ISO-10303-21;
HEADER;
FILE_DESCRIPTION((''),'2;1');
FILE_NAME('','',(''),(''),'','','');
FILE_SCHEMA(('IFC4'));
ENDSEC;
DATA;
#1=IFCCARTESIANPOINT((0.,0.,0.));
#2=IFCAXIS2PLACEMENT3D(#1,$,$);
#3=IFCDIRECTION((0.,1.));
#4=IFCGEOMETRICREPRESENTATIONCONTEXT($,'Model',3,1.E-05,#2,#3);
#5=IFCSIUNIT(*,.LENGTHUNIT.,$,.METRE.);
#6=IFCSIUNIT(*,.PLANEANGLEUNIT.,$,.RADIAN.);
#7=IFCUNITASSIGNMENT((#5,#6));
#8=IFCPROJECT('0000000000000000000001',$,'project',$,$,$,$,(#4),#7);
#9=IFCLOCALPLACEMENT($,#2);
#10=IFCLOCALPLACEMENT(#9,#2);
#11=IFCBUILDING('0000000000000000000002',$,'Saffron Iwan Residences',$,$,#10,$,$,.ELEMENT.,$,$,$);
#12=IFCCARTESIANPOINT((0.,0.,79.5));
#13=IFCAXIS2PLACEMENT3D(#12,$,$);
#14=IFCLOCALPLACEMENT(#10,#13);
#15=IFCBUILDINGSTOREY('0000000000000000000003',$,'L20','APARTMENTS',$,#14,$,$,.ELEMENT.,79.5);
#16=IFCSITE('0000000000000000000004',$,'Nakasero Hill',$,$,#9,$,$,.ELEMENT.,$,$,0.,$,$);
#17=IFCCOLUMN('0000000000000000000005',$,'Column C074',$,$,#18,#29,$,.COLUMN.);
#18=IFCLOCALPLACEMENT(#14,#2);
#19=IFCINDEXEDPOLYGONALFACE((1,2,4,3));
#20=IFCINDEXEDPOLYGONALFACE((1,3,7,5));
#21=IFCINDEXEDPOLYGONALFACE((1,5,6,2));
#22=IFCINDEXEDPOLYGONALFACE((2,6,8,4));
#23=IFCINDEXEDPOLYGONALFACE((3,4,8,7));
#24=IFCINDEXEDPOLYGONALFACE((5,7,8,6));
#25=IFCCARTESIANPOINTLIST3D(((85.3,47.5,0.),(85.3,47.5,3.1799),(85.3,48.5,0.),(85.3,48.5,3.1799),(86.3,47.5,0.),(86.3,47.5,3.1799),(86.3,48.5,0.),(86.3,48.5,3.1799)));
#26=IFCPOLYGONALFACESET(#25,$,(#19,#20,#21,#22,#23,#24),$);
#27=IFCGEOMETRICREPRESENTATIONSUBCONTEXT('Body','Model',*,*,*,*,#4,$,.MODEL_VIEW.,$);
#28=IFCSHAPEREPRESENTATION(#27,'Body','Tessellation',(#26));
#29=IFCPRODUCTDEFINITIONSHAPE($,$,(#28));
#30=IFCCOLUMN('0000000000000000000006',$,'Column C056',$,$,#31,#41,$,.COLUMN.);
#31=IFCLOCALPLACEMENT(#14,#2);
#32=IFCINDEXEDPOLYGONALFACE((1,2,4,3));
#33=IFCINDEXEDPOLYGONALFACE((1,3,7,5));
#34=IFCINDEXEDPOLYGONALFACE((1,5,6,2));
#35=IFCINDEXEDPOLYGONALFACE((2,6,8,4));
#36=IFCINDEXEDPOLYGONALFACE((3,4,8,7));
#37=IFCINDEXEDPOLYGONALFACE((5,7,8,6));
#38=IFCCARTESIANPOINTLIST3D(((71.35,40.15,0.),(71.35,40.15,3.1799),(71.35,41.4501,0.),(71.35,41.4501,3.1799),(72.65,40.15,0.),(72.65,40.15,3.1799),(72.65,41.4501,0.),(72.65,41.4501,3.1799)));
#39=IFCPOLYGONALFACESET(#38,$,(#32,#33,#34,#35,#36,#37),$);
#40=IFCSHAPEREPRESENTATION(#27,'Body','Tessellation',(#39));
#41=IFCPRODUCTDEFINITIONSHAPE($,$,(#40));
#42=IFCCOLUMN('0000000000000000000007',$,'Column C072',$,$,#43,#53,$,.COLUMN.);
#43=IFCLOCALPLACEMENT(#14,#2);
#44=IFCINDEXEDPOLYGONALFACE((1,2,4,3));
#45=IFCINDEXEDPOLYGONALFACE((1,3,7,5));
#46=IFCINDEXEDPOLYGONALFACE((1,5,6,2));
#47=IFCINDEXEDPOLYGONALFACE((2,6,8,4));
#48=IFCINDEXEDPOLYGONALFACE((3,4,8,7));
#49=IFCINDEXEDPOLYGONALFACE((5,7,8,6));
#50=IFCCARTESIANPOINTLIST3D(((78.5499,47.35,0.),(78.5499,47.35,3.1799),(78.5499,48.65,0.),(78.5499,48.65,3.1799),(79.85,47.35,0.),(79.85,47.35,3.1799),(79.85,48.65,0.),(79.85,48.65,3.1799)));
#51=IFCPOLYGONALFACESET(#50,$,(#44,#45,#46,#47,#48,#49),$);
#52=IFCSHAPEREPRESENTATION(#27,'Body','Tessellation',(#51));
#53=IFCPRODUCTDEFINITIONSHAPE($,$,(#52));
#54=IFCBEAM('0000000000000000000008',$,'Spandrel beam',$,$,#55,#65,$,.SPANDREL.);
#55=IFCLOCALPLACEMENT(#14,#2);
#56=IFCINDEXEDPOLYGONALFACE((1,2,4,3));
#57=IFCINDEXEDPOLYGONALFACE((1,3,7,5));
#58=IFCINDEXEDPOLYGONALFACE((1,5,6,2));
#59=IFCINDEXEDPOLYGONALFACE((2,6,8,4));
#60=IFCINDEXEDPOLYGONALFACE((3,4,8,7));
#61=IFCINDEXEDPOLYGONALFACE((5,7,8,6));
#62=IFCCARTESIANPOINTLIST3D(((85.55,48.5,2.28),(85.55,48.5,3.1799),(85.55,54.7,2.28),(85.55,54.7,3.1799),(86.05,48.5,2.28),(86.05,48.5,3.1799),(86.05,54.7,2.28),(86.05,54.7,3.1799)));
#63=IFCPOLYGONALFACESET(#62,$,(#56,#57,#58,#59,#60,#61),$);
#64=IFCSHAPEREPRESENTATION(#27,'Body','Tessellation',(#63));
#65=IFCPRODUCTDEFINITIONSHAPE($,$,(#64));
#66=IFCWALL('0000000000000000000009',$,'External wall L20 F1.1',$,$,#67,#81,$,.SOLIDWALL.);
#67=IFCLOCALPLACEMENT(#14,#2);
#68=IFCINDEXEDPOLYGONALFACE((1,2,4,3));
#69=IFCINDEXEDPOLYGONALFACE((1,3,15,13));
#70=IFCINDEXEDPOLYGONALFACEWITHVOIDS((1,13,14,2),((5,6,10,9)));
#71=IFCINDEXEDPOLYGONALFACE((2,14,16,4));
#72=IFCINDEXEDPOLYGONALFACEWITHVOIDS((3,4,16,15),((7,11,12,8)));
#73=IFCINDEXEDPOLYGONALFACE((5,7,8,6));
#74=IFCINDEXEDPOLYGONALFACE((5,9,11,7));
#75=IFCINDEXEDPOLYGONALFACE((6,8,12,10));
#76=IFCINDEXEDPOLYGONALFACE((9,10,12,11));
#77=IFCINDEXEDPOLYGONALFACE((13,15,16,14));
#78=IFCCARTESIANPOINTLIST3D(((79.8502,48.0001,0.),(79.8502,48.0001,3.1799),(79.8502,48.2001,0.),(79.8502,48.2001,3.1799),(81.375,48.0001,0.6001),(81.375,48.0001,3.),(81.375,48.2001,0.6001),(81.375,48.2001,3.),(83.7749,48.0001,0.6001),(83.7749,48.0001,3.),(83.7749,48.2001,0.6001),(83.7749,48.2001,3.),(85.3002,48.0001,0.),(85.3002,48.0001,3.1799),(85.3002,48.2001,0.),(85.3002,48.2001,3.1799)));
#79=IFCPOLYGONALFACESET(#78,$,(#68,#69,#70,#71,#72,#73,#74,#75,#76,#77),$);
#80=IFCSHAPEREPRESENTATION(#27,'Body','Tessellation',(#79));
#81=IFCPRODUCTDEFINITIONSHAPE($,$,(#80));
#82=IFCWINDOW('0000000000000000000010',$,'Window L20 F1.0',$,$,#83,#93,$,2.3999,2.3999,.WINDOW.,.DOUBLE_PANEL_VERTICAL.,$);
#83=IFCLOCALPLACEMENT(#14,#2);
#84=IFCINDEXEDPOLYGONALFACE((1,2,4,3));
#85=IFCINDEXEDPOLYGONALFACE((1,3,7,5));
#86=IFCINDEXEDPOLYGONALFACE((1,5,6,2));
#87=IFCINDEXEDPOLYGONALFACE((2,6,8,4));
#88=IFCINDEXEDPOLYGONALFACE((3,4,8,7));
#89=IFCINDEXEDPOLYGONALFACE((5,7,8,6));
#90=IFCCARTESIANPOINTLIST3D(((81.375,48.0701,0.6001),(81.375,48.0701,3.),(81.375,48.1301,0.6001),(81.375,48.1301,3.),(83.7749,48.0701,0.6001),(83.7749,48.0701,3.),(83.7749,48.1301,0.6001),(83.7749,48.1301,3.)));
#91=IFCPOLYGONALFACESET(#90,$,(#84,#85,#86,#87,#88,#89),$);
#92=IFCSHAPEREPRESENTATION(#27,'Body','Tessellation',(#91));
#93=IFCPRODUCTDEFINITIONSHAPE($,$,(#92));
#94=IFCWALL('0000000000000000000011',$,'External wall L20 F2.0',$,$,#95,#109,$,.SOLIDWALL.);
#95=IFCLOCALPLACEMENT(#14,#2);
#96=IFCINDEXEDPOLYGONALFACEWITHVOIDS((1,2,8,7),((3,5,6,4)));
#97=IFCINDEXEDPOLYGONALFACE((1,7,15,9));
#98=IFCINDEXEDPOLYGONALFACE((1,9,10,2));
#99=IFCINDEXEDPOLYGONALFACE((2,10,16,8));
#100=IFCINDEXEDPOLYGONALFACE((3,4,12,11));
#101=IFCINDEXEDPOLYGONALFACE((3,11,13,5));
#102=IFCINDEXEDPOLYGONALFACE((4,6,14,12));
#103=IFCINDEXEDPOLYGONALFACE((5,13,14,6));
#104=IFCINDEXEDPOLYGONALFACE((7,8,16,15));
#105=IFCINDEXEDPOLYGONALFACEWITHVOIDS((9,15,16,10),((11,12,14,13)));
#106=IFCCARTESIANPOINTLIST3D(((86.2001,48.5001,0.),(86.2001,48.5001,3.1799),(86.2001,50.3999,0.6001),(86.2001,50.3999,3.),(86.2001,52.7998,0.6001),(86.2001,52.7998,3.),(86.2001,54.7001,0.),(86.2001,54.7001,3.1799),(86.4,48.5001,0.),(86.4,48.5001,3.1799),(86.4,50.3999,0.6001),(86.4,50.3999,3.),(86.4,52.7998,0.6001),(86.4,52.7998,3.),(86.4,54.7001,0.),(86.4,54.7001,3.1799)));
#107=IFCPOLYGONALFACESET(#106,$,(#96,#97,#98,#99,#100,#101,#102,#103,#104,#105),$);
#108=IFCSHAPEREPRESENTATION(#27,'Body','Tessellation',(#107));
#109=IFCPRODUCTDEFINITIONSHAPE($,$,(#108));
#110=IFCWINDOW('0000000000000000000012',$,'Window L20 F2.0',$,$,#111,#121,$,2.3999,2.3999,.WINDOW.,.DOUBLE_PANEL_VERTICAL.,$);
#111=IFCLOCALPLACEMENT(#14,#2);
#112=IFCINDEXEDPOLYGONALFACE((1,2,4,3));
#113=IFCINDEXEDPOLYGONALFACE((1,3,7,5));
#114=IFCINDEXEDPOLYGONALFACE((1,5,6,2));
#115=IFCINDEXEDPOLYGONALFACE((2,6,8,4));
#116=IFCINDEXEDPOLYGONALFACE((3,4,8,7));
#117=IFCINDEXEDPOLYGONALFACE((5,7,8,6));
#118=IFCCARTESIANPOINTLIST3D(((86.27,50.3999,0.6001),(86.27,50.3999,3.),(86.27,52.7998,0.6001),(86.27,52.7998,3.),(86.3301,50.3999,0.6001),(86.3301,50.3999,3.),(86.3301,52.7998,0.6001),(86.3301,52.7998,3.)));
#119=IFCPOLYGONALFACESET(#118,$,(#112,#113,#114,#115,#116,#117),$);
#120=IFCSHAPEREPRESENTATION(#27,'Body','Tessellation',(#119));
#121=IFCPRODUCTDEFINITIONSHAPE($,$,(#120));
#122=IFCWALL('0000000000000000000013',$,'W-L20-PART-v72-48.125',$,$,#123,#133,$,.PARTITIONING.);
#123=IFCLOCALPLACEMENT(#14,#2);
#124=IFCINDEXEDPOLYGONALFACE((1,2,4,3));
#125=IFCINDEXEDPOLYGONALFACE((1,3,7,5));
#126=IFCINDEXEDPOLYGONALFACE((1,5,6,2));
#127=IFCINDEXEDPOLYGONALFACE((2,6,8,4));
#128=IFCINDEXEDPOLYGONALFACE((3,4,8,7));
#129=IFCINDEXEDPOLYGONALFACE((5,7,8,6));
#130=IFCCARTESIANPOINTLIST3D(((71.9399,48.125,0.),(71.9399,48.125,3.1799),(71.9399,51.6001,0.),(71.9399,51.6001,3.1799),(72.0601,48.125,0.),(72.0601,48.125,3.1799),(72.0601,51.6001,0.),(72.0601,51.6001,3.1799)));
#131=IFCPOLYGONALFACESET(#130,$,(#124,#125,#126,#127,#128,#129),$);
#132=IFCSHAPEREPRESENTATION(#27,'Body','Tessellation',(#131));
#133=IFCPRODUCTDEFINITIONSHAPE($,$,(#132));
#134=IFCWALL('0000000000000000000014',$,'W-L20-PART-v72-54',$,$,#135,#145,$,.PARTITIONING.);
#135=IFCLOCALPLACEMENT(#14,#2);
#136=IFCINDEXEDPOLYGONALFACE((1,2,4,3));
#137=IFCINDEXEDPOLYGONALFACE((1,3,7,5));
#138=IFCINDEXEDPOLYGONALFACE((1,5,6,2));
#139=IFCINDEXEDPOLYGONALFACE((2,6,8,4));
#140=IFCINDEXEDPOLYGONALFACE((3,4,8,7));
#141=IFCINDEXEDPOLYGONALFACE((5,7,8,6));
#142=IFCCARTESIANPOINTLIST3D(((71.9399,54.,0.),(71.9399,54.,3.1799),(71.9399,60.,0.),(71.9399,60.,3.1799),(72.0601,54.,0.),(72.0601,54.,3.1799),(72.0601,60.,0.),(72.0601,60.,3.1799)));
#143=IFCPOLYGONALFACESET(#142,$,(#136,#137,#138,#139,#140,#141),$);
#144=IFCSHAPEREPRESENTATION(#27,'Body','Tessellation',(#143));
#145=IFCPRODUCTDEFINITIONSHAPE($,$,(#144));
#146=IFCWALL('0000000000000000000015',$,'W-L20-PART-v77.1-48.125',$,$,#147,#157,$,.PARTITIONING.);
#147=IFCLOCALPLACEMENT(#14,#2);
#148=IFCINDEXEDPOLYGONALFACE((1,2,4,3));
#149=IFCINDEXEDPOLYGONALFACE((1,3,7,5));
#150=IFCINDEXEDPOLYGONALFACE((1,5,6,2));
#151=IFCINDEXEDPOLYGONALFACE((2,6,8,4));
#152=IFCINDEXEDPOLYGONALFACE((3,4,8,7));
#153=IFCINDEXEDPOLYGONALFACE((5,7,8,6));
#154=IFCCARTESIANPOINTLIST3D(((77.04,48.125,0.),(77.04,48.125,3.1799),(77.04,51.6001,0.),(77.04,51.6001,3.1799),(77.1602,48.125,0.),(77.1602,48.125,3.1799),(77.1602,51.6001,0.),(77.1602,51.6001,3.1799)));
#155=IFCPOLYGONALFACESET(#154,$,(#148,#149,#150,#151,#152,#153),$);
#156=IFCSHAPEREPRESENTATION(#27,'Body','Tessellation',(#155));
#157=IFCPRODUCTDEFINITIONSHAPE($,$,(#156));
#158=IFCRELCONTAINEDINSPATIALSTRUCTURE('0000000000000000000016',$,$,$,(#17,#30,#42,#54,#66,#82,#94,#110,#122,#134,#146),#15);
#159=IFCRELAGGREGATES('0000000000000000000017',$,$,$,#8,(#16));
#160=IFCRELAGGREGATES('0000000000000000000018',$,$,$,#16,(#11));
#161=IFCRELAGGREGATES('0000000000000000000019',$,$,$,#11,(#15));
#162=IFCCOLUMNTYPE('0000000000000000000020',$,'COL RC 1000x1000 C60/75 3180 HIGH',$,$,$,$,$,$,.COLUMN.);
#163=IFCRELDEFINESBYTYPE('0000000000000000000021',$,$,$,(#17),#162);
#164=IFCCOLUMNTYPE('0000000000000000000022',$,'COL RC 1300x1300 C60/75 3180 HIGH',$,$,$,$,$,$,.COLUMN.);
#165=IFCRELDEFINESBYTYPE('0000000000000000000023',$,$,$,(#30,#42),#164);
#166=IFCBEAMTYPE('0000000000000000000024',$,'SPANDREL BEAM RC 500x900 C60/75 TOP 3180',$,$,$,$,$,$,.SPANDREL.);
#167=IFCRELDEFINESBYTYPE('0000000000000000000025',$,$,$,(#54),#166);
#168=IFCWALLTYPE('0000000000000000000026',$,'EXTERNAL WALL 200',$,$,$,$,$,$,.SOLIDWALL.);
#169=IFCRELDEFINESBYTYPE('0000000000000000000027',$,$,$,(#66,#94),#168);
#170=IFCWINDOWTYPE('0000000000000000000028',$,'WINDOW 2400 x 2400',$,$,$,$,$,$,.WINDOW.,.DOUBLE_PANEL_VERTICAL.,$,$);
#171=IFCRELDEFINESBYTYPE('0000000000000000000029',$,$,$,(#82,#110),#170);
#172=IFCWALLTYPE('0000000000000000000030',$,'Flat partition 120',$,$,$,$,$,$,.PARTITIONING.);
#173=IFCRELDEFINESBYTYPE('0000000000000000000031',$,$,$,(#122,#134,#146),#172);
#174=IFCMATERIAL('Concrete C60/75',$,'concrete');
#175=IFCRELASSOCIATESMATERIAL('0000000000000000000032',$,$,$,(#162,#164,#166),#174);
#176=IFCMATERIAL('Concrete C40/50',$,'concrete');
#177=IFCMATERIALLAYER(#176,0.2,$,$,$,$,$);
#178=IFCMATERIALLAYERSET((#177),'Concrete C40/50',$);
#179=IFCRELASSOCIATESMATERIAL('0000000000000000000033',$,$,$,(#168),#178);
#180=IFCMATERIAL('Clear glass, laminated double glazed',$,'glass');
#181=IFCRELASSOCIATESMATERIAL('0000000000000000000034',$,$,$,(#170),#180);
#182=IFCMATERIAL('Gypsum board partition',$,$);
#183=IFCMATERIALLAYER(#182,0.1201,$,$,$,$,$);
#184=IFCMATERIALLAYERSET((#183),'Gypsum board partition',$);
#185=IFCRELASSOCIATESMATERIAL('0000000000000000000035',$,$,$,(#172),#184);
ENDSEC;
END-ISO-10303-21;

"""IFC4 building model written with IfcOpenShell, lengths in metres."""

from ifc_helpers import new_model, si_unit, direction, frame, frame_2d, origin, origin_2d, place, context, subcontext, project, spatial, rectangle, extrude, source, transform, mapped, material, layer, layer_set, material_profile, profile_set, type_object, element, fill, save


model = new_model("IFC4")

# Units and contexts
model_context = context("Model", 3, precision=1e-05, world=origin(), true_north=direction((0.0, 1.0)))
body_context = subcontext(model_context, "Body", "Model", "MODEL_VIEW")
ifc_project = project(units=[si_unit("LENGTHUNIT", "METRE"), si_unit("PLANEANGLEUNIT", "RADIAN")], contexts=[model_context])

# Site, building, storey
site_placement = place(None, origin())
site = spatial("IfcSite", under=ifc_project, at=site_placement, Name="Nakasero Hill", CompositionType="ELEMENT", RefElevation=0.0)
building_placement = place(site_placement, origin())
building = spatial("IfcBuilding", under=site, at=building_placement, Name="Saffron Iwan Residences", CompositionType="ELEMENT")
storey_placement = place(building_placement, frame((0.0, 0.0, 79.5)))
storey = spatial("IfcBuildingStorey", under=building, at=storey_placement, Name="L20", Description="APARTMENTS", CompositionType="ELEMENT", Elevation=79.5)

# Columns
ifc_material_1 = material(Name="Concrete C60/75", Category="concrete")
ifc_material_profile_1 = material_profile(ifc_material_1, rectangle(XDim=1.0, YDim=1.0, at=origin_2d()), Name="RC 1000x1000")
ifc_profile_set_1 = profile_set([ifc_material_profile_1], Name="Concrete C60/75")
column_type_1 = type_object("IfcColumnType", Name="COL RC 1000x1000 C60/75 3180 HIGH", PredefinedType="COLUMN", material=ifc_profile_set_1)
shared_shape_1 = source(origin(), body_context, "Body", "SweptSolid", [
    extrude(rectangle(XDim=1.0, YDim=1.0, at=origin_2d()), origin(), (0.0, 0.0, 1.0), 3.1799),
])
column_placement = place(storey_placement, frame((85.8, 48.0, 0.0), z_axis=(0.0, 0.0, 1.0), x_axis=(1.0, 0.0, 0.0)))
element("IfcColumn", 1, at=column_placement, inside=storey, type_object=column_type_1, Name="Column C074", PredefinedType="COLUMN", context=body_context, shape_type="MappedRepresentation", body=[
    mapped(shared_shape_1, transform((0.0, 0.0, 0.0))),
])
ifc_material_profile_2 = material_profile(ifc_material_1, rectangle(XDim=1.3, YDim=1.3, at=origin_2d()), Name="RC 1300x1300")
ifc_profile_set_2 = profile_set([ifc_material_profile_2], Name="Concrete C60/75")
column_type_2 = type_object("IfcColumnType", Name="COL RC 1300x1300 C60/75 3180 HIGH", PredefinedType="COLUMN", material=ifc_profile_set_2)
shared_shape_2 = source(origin(), body_context, "Body", "SweptSolid", [
    extrude(rectangle(XDim=1.3, YDim=1.3, at=origin_2d()), origin(), (0.0, 0.0, 1.0), 3.1799),
])
for number, where, z_axis, x_axis, name in (
    (2, (72.0, 40.8, 0.0), (0.0, 0.0, 1.0), (1.0, 0.0, 0.0), "Column C056"),
    (3, (79.2, 48.0, 0.0), (0.0, 0.0, 1.0), (1.0, 0.0, 0.0), "Column C072"),
):
    element("IfcColumn", number, at=place(storey_placement, frame(where, z_axis=z_axis, x_axis=x_axis)), inside=storey, type_object=column_type_2, Name=name, PredefinedType="COLUMN", context=body_context, shape_type="MappedRepresentation", body=[
        mapped(shared_shape_2, transform((0.0, 0.0, 0.0))),
    ])

# Beam
ifc_material_profile_3 = material_profile(ifc_material_1, rectangle(XDim=0.5, YDim=0.8999, at=origin_2d()), Name="RC 500x900")
ifc_profile_set_3 = profile_set([ifc_material_profile_3], Name="Concrete C60/75")
beam_type = type_object("IfcBeamType", Name="SPANDREL BEAM RC 500x900 C60/75 TOP 3180", PredefinedType="SPANDREL", material=ifc_profile_set_3)
shared_shape_3 = source(origin(), body_context, "Body", "SweptSolid", [
    extrude(rectangle(XDim=0.5, YDim=0.8999, at=origin_2d()), origin(), (0.0, 0.0, 1.0), 6.2),
])
beam_placement = place(storey_placement, frame((85.8, 54.7, 2.73), z_axis=(0.0, -1.0, 0.0), x_axis=(1.0, 0.0, 0.0)))
element("IfcBeam", 4, at=beam_placement, inside=storey, type_object=beam_type, Name="Spandrel beam", PredefinedType="SPANDREL", context=body_context, shape_type="MappedRepresentation", body=[
    mapped(shared_shape_3, transform((0.0, 0.0, 0.0))),
])

# Walls, openings, windows
ifc_material_2 = material(Name="Concrete C40/50", Category="concrete")
ifc_layer_1 = layer(ifc_material_2, 0.2)
ifc_layer_set_1 = layer_set([ifc_layer_1], Name="Concrete C40/50")
wall_type_1 = type_object("IfcWallType", Name="EXTERNAL WALL 200", PredefinedType="SOLIDWALL", material=ifc_layer_set_1)
wall_1_placement = place(storey_placement, frame((79.8501, 48.1001, 0.0), z_axis=(0.0, 0.0, 1.0), x_axis=(1.0, 0.0, 0.0)))
wall_1 = element("IfcWall", 5, at=wall_1_placement, inside=storey, type_object=wall_type_1, Name="External wall L20 F1.1", PredefinedType="SOLIDWALL", context=body_context, shape_type="SweptSolid", body=[
    extrude(rectangle(XDim=5.45, YDim=0.2, at=frame_2d((2.7251, 0.0))), origin(), (0.0, 0.0, 1.0), 3.1799),
])
opening_1_placement = place(wall_1_placement, frame((1.5249, 0.0, 0.6001)))
opening_1 = element("IfcOpeningElement", 6, at=opening_1_placement, cuts=wall_1, PredefinedType="OPENING", context=body_context, shape_type="SweptSolid", body=[
    extrude(rectangle(XDim=2.3999, YDim=2.3999, at=frame_2d((1.2, 1.2))), frame((0.0, 0.1099, 0.0), z_axis=(0.0, -1.0, 0.0), x_axis=(1.0, 0.0, 0.0)), (0.0, 0.0, 1.0), 0.22),
])
ifc_material_3 = material(Name="Clear glass, laminated double glazed", Category="glass")
window_type = type_object("IfcWindowType", Name="WINDOW 2400 x 2400", PartitioningType="DOUBLE_PANEL_VERTICAL", PredefinedType="WINDOW", material=ifc_material_3)
window_1_placement = place(opening_1_placement, origin())
window_1 = element("IfcWindow", 7, at=window_1_placement, inside=storey, type_object=window_type, Name="Window L20 F1.0", OverallHeight=2.3999, OverallWidth=2.3999, PartitioningType="DOUBLE_PANEL_VERTICAL", PredefinedType="WINDOW", context=body_context, shape_type="SweptSolid", body=[
    extrude(rectangle(XDim=2.3999, YDim=2.3999, at=frame_2d((1.2, 1.2))), frame((0.0, 0.03, 0.0), z_axis=(0.0, -1.0, 0.0), x_axis=(1.0, 0.0, 0.0)), (0.0, 0.0, 1.0), 0.0601),
])
fill(opening_1, window_1)
wall_2_placement = place(storey_placement, frame((86.3, 48.5, 0.0), z_axis=(0.0, 0.0, 1.0), x_axis=(0.0, 1.0, 0.0)))
wall_2 = element("IfcWall", 8, at=wall_2_placement, inside=storey, type_object=wall_type_1, Name="External wall L20 F2.0", PredefinedType="SOLIDWALL", context=body_context, shape_type="SweptSolid", body=[
    extrude(rectangle(XDim=6.2, YDim=0.2, at=frame_2d((3.1001, 0.0))), origin(), (0.0, 0.0, 1.0), 3.1799),
])
opening_2_placement = place(wall_2_placement, frame((1.8999, 0.0, 0.6001)))
opening_2 = element("IfcOpeningElement", 9, at=opening_2_placement, cuts=wall_2, PredefinedType="OPENING", context=body_context, shape_type="SweptSolid", body=[
    extrude(rectangle(XDim=2.3999, YDim=2.3999, at=frame_2d((1.2, 1.2))), frame((0.0, 0.1099, 0.0), z_axis=(0.0, -1.0, 0.0), x_axis=(1.0, 0.0, 0.0)), (0.0, 0.0, 1.0), 0.22),
])
window_2_placement = place(opening_2_placement, origin())
window_2 = element("IfcWindow", 10, at=window_2_placement, inside=storey, type_object=window_type, Name="Window L20 F2.0", OverallHeight=2.3999, OverallWidth=2.3999, PartitioningType="DOUBLE_PANEL_VERTICAL", PredefinedType="WINDOW", context=body_context, shape_type="SweptSolid", body=[
    extrude(rectangle(XDim=2.3999, YDim=2.3999, at=frame_2d((1.2, 1.2))), frame((0.0, 0.03, 0.0), z_axis=(0.0, -1.0, 0.0), x_axis=(1.0, 0.0, 0.0)), (0.0, 0.0, 1.0), 0.0601),
])
fill(opening_2, window_2)

# Walls
ifc_material_4 = material(Name="Gypsum board partition")
ifc_layer_2 = layer(ifc_material_4, 0.1201)
ifc_layer_set_2 = layer_set([ifc_layer_2], Name="Gypsum board partition")
wall_type_2 = type_object("IfcWallType", Name="Flat partition 120", PredefinedType="PARTITIONING", material=ifc_layer_set_2)
wall_3_placement = place(storey_placement, frame((72.0, 48.125, 0.0), z_axis=(0.0, 0.0, 1.0), x_axis=(0.0, 1.0, 0.0)))
element("IfcWall", 11, at=wall_3_placement, inside=storey, type_object=wall_type_2, Name="W-L20-PART-v72-48.125", PredefinedType="PARTITIONING", context=body_context, shape_type="SweptSolid", body=[
    extrude(rectangle(XDim=3.4751, YDim=0.1201, at=frame_2d((1.7375, 0.0))), origin(), (0.0, 0.0, 1.0), 3.1799),
])
wall_4_placement = place(storey_placement, frame((72.0, 54.0, 0.0), z_axis=(0.0, 0.0, 1.0), x_axis=(0.0, 1.0, 0.0)))
element("IfcWall", 12, at=wall_4_placement, inside=storey, type_object=wall_type_2, Name="W-L20-PART-v72-54", PredefinedType="PARTITIONING", context=body_context, shape_type="SweptSolid", body=[
    extrude(rectangle(XDim=6.0, YDim=0.1201, at=frame_2d((3.0, 0.0))), origin(), (0.0, 0.0, 1.0), 3.1799),
])
wall_5_placement = place(storey_placement, frame((77.1001, 48.125, 0.0), z_axis=(0.0, 0.0, 1.0), x_axis=(0.0, 1.0, 0.0)))
element("IfcWall", 13, at=wall_5_placement, inside=storey, type_object=wall_type_2, Name="W-L20-PART-v77.1-48.125", PredefinedType="PARTITIONING", context=body_context, shape_type="SweptSolid", body=[
    extrude(rectangle(XDim=3.4751, YDim=0.1201, at=frame_2d((1.7375, 0.0))), origin(), (0.0, 0.0, 1.0), 3.1799),
])

save(model, "model.ifc")
